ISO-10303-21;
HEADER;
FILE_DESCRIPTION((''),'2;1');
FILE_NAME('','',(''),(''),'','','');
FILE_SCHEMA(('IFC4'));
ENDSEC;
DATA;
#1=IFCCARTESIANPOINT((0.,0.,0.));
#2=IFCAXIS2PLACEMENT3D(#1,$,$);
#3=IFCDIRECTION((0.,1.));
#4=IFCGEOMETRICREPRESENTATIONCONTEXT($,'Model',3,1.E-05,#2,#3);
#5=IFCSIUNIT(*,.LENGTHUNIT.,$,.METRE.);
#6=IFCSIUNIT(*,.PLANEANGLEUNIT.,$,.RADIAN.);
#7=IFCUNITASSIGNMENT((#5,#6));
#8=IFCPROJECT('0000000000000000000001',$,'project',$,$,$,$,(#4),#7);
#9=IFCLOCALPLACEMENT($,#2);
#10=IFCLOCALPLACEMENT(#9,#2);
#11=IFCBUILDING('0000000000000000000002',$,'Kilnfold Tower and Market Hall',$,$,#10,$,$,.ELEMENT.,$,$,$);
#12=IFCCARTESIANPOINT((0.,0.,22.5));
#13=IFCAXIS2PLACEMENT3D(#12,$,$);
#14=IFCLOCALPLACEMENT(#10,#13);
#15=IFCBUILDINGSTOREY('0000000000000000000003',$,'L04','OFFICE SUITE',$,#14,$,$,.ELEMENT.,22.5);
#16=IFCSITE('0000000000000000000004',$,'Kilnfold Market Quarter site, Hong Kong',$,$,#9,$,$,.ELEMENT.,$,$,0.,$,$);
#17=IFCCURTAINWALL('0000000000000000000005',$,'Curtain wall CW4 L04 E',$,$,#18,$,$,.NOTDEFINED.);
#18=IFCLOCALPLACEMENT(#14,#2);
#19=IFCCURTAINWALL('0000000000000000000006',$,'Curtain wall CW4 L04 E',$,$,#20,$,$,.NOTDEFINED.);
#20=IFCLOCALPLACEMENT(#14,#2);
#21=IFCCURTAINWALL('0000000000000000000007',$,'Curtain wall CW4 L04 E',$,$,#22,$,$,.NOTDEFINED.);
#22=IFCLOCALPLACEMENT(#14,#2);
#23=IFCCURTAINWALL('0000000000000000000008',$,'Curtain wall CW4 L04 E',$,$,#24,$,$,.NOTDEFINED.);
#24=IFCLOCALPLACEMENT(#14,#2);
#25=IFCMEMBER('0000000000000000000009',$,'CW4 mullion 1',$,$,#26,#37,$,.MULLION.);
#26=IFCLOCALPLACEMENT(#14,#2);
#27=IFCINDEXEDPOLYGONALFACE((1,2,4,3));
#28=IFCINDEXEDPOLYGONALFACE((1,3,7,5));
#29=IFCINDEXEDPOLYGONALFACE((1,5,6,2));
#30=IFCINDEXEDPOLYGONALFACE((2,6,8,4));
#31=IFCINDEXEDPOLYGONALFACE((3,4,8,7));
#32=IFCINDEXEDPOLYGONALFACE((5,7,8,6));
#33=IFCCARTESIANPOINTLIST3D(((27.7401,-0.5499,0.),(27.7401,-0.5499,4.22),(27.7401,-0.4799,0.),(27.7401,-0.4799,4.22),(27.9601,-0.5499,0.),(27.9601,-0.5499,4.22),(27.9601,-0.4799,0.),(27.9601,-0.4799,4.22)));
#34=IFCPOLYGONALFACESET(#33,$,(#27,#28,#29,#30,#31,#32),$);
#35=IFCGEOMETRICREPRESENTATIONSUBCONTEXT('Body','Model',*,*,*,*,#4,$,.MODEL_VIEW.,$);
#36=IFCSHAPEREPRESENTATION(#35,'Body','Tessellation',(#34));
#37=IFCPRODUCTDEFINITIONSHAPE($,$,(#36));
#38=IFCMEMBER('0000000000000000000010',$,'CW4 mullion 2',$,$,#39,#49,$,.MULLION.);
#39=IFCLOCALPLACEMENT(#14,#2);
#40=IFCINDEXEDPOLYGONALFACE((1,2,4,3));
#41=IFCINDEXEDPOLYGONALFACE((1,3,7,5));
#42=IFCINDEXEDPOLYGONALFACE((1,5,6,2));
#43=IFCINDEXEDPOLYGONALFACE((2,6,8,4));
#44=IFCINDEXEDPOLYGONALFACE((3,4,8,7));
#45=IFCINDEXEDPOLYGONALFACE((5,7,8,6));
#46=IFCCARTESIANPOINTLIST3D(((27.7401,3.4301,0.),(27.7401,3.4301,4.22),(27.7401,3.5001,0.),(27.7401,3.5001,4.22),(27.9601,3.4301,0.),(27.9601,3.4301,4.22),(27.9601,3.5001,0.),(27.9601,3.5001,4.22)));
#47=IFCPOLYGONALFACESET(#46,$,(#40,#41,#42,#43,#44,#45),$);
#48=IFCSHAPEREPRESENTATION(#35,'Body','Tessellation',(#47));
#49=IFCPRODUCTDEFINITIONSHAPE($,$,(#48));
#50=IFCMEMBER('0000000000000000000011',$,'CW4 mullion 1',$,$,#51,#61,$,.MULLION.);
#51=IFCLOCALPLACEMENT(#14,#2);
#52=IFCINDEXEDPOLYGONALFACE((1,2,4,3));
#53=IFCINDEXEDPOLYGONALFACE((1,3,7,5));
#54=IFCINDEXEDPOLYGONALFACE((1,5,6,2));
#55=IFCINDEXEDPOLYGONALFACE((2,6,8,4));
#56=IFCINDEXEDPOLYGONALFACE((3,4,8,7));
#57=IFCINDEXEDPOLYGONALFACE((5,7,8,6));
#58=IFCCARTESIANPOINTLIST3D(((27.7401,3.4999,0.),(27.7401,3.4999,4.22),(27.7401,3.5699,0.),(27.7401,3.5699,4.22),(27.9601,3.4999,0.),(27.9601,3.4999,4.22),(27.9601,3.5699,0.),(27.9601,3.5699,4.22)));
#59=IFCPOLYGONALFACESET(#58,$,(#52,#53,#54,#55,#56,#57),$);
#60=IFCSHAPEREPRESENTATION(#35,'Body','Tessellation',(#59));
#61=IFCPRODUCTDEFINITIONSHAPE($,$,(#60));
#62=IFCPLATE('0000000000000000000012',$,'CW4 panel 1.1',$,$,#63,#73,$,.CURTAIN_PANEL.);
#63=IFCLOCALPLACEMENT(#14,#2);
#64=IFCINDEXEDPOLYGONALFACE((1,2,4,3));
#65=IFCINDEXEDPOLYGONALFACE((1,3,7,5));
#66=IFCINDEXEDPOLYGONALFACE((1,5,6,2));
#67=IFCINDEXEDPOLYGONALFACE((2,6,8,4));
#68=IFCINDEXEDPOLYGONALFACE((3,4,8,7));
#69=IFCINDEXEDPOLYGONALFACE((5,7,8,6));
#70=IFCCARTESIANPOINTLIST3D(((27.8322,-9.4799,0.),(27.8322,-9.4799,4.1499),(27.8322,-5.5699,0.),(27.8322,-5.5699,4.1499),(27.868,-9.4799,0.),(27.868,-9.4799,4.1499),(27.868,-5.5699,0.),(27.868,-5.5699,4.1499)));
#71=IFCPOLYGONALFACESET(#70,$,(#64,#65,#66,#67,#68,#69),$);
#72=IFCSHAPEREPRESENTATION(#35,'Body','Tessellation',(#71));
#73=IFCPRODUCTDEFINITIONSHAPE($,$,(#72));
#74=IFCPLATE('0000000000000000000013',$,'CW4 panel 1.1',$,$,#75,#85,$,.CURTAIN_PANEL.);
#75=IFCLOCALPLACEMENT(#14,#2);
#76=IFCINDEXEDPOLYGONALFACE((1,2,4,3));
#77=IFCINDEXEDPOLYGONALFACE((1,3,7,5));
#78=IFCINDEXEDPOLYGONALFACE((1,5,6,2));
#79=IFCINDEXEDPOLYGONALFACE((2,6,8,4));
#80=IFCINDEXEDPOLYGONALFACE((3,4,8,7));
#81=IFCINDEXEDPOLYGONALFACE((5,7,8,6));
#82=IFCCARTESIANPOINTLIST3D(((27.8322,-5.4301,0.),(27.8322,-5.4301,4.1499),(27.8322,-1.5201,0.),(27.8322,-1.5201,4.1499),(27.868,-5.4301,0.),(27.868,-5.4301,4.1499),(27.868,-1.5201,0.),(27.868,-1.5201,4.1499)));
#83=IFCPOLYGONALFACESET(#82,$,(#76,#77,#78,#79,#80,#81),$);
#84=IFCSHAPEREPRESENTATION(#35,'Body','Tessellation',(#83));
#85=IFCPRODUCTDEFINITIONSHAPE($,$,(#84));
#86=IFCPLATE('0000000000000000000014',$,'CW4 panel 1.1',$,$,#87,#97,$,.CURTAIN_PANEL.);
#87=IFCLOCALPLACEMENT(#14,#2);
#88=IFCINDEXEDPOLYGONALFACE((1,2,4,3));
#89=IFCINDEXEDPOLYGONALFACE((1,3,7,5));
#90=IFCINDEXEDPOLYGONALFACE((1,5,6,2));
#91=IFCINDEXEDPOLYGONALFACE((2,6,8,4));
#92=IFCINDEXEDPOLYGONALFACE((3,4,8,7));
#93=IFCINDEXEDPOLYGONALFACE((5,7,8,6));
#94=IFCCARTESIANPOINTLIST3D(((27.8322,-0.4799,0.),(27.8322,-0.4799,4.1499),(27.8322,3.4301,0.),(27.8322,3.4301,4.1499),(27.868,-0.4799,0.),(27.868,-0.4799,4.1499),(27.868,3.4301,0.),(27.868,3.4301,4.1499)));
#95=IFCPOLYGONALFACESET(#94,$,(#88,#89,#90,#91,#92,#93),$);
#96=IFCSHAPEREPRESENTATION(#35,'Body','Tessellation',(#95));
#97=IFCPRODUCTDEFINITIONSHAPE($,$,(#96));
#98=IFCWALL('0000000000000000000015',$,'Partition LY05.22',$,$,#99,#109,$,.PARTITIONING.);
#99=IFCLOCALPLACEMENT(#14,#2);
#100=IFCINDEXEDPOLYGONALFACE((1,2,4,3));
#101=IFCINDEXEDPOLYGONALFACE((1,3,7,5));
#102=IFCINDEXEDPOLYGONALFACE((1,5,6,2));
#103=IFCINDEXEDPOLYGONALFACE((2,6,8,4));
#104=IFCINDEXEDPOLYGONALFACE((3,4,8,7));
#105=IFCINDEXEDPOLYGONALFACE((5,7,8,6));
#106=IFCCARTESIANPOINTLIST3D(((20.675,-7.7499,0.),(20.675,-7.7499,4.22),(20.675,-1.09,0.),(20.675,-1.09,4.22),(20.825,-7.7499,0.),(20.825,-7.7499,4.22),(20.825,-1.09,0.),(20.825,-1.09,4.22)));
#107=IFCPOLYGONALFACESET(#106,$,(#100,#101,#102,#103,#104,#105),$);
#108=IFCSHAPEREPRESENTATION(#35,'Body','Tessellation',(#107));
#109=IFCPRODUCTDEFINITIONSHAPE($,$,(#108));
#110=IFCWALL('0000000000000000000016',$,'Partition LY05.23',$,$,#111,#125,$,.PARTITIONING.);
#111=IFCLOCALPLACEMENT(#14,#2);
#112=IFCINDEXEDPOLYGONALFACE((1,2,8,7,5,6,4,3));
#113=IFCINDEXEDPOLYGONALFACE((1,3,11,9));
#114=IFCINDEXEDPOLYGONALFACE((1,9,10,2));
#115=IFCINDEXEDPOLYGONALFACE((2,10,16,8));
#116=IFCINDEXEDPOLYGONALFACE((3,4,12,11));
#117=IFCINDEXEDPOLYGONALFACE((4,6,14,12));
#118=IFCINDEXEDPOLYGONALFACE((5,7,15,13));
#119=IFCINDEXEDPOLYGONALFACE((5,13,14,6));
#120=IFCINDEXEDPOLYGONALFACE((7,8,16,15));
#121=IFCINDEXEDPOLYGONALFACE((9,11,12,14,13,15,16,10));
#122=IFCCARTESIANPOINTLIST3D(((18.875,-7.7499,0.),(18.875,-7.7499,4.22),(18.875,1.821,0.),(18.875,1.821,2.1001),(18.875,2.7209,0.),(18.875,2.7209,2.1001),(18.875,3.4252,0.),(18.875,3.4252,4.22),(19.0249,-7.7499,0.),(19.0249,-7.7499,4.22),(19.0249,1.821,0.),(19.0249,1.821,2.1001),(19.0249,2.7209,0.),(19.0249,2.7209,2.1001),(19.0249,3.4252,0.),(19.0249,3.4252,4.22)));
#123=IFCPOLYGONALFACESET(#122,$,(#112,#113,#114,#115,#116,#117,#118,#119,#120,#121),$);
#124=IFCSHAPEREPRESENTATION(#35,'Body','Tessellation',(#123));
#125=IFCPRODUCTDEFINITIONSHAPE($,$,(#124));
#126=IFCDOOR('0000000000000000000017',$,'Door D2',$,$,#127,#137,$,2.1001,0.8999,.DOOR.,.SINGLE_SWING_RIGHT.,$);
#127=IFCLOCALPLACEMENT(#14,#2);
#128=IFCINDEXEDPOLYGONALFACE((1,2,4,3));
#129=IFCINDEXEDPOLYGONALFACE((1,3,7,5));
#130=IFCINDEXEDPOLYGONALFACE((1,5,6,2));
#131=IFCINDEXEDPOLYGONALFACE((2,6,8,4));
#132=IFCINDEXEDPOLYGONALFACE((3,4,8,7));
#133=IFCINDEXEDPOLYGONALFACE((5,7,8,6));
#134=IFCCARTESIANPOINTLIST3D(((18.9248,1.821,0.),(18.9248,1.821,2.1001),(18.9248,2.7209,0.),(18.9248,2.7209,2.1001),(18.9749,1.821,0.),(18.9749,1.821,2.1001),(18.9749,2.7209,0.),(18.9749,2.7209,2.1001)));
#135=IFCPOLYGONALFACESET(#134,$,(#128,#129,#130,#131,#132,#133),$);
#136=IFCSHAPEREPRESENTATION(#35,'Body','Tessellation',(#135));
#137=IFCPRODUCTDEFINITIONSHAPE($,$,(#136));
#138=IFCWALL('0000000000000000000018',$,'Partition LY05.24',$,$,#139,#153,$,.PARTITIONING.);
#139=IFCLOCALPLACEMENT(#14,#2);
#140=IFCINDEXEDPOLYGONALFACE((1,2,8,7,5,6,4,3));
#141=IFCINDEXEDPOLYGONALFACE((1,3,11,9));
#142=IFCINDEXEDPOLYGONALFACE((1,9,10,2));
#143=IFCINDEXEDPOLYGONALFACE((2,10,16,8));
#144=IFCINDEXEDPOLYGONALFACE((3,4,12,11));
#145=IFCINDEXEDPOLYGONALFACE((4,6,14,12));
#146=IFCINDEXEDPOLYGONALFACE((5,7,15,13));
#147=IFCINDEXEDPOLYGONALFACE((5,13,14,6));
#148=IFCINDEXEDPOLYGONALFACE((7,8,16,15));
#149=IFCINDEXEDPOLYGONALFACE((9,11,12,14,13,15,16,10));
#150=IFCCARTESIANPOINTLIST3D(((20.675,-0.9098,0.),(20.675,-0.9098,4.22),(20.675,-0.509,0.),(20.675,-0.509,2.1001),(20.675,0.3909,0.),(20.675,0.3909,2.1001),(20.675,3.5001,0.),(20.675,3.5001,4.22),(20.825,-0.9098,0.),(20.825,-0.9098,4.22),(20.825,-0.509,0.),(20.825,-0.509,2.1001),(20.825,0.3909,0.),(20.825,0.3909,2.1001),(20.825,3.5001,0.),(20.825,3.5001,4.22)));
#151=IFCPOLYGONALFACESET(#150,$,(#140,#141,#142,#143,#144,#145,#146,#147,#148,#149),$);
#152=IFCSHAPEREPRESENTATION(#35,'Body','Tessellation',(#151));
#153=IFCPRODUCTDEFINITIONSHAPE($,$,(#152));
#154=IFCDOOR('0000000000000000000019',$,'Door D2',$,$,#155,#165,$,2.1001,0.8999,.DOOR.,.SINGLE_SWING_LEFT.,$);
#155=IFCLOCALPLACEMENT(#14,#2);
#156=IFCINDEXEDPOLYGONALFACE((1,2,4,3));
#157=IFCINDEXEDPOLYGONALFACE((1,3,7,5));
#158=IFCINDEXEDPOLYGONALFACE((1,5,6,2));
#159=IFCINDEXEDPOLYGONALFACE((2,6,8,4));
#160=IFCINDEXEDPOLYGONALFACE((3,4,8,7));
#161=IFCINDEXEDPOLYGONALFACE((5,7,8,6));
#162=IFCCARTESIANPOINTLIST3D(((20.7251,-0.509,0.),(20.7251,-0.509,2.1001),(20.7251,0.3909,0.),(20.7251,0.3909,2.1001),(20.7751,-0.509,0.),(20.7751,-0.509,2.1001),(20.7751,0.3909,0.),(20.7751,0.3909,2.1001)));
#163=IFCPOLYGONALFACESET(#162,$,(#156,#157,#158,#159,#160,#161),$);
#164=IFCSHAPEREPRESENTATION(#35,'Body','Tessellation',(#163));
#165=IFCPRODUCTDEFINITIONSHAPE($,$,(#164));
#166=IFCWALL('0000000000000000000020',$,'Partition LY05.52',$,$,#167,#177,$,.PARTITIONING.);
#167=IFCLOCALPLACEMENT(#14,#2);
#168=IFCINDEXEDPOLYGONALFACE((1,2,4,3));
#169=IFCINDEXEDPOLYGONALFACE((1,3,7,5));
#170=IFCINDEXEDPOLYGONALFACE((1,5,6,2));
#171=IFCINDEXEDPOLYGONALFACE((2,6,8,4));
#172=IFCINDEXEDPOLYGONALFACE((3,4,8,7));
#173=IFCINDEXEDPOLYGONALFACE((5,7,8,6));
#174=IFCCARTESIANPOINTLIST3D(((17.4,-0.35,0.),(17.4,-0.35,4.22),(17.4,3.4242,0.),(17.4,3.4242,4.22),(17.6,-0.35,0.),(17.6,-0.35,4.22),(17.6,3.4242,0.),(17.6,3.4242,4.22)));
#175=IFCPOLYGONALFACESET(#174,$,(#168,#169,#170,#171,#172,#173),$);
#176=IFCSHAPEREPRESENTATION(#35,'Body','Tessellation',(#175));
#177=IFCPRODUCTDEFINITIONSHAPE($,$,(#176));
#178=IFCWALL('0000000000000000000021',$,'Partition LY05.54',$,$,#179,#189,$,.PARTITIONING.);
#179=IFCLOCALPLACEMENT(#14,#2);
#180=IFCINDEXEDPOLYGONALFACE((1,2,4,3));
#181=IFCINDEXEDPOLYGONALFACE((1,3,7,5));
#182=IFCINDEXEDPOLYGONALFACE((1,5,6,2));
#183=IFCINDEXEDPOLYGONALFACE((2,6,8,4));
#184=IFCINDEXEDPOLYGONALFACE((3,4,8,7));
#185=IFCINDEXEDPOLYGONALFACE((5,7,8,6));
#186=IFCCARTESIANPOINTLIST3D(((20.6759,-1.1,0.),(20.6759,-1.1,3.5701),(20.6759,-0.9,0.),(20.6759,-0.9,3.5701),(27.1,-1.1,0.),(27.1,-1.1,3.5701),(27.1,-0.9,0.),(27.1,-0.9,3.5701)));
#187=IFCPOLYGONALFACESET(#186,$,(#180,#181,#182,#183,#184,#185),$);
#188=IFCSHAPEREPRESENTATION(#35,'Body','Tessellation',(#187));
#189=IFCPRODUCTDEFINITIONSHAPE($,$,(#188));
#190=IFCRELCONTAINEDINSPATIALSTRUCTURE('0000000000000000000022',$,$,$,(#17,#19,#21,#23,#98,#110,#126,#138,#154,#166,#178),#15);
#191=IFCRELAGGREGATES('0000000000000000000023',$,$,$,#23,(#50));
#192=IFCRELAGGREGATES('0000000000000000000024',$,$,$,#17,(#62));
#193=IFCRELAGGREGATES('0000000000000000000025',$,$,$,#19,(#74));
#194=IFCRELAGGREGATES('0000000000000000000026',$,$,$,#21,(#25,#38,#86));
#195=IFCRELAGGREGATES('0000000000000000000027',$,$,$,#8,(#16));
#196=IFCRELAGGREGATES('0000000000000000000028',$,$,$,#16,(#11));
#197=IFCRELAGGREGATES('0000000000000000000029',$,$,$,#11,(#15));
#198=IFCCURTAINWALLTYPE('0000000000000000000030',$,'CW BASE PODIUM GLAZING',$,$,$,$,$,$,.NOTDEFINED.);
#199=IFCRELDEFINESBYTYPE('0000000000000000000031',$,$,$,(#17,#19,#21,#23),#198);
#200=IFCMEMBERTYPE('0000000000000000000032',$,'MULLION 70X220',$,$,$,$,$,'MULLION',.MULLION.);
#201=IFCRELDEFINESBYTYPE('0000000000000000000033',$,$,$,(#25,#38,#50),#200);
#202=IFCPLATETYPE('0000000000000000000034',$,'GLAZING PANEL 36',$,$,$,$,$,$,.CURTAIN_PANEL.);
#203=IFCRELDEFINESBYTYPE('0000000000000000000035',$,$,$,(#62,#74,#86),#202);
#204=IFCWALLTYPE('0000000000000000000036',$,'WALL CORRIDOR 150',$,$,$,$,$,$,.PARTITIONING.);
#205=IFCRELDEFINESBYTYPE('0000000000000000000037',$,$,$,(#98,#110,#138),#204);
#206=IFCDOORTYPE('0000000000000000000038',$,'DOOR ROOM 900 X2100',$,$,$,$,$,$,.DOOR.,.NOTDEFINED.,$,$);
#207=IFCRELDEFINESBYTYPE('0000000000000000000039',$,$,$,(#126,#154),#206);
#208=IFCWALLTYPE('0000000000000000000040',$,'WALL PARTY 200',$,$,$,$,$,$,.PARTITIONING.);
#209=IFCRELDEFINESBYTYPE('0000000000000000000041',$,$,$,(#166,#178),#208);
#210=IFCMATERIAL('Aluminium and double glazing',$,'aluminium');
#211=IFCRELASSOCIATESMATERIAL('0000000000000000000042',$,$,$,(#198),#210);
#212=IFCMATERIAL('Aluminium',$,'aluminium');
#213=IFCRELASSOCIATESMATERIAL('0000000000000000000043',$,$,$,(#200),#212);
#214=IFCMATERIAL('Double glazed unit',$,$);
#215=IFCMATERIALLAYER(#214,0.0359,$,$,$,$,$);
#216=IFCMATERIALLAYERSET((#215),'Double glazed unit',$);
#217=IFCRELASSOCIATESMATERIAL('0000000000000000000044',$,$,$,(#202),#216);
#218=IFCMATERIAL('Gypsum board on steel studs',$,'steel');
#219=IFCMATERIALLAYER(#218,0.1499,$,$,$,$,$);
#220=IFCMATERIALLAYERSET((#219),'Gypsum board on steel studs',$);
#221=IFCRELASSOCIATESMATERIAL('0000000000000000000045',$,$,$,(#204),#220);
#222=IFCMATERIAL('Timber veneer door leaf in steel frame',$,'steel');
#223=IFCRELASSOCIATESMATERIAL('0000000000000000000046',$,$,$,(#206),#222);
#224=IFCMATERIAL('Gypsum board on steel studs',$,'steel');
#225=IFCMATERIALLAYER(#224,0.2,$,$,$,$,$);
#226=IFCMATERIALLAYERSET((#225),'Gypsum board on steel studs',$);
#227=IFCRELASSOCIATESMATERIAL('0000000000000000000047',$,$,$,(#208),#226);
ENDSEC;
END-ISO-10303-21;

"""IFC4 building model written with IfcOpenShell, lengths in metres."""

from ifc_helpers import new_model, si_unit, direction, frame, frame_2d, origin, origin_2d, place, context, subcontext, project, spatial, rectangle, extrude, source, transform, mapped, material, layer, layer_set, material_profile, profile_set, type_object, element, fill, aggregate, save


model = new_model("IFC4")

# Units and contexts
model_context = context("Model", 3, precision=1e-05, world=origin(), true_north=direction((0.0, 1.0)))
body_context = subcontext(model_context, "Body", "Model", "MODEL_VIEW")
ifc_project = project(units=[si_unit("LENGTHUNIT", "METRE"), si_unit("PLANEANGLEUNIT", "RADIAN")], contexts=[model_context])

# Site, building, storey
site_placement = place(None, origin())
site = spatial("IfcSite", under=ifc_project, at=site_placement, Name="Kilnfold Market Quarter site, Hong Kong", CompositionType="ELEMENT", RefElevation=0.0)
building_placement = place(site_placement, origin())
building = spatial("IfcBuilding", under=site, at=building_placement, Name="Kilnfold Tower and Market Hall", CompositionType="ELEMENT")
storey_placement = place(building_placement, frame((0.0, 0.0, 22.5)))
storey = spatial("IfcBuildingStorey", under=building, at=storey_placement, Name="L04", Description="OFFICE SUITE", CompositionType="ELEMENT", Elevation=22.5)

# Curtain walls
ifc_material_1 = material(Name="Aluminium and double glazing", Category="aluminium")
curtain_wall_type = type_object("IfcCurtainWallType", Name="CW BASE PODIUM GLAZING", PredefinedType="NOTDEFINED", material=ifc_material_1)
curtain_wall_1_placement = place(storey_placement, origin())
curtain_wall_1 = element("IfcCurtainWall", 1, at=curtain_wall_1_placement, inside=storey, type_object=curtain_wall_type, Name="Curtain wall CW4 L04 E", PredefinedType="NOTDEFINED")
curtain_wall_2_placement = place(storey_placement, origin())
curtain_wall_2 = element("IfcCurtainWall", 2, at=curtain_wall_2_placement, inside=storey, type_object=curtain_wall_type, Name="Curtain wall CW4 L04 E", PredefinedType="NOTDEFINED")
curtain_wall_3_placement = place(storey_placement, origin())
curtain_wall_3 = element("IfcCurtainWall", 3, at=curtain_wall_3_placement, inside=storey, type_object=curtain_wall_type, Name="Curtain wall CW4 L04 E", PredefinedType="NOTDEFINED")
curtain_wall_4_placement = place(storey_placement, origin())
curtain_wall_4 = element("IfcCurtainWall", 4, at=curtain_wall_4_placement, inside=storey, type_object=curtain_wall_type, Name="Curtain wall CW4 L04 E", PredefinedType="NOTDEFINED")

# Members
ifc_material_2 = material(Name="Aluminium", Category="aluminium")
ifc_material_profile_1 = material_profile(ifc_material_2, rectangle(XDim=0.0701, YDim=0.22, at=origin_2d()), Name="MULLION 70x220")
ifc_profile_set_1 = profile_set([ifc_material_profile_1], Name="Aluminium")
member_type_1 = type_object("IfcMemberType", Name="MULLION 70X220", ElementType="MULLION", PredefinedType="MULLION", material=ifc_profile_set_1)
shared_shape_1 = source(origin(), body_context, "Body", "SweptSolid", [
    extrude(rectangle(XDim=0.0701, YDim=0.22, at=origin_2d()), origin(), (0.0, 0.0, 1.0), 4.22),
])
member_1_placement = place(storey_placement, frame((27.8501, -0.5149, 0.0), z_axis=(0.0, 0.0, 1.0), x_axis=(0.0, 1.0, 0.0)))
member_1 = element("IfcMember", 5, at=member_1_placement, type_object=member_type_1, Name="CW4 mullion 1", PredefinedType="MULLION", context=body_context, shape_type="MappedRepresentation", body=[
    mapped(shared_shape_1, transform((0.0, 0.0, 0.0))),
])
member_2_placement = place(storey_placement, frame((27.8501, 3.4651, 0.0), z_axis=(0.0, 0.0, 1.0), x_axis=(0.0, 1.0, 0.0)))
member_2 = element("IfcMember", 6, at=member_2_placement, type_object=member_type_1, Name="CW4 mullion 2", PredefinedType="MULLION", context=body_context, shape_type="MappedRepresentation", body=[
    mapped(shared_shape_1, transform((0.0, 0.0, 0.0))),
])
member_3_placement = place(storey_placement, frame((27.8501, 3.5349, 0.0), z_axis=(0.0, 0.0, 1.0), x_axis=(0.0, 1.0, 0.0)))
member_3 = element("IfcMember", 7, at=member_3_placement, type_object=member_type_1, Name="CW4 mullion 1", PredefinedType="MULLION", context=body_context, shape_type="MappedRepresentation", body=[
    mapped(shared_shape_1, transform((0.0, 0.0, 0.0))),
])
aggregate(curtain_wall_4, [member_3])

# Plates
ifc_material_3 = material(Name="Double glazed unit")
ifc_layer_1 = layer(ifc_material_3, 0.0359)
ifc_layer_set_1 = layer_set([ifc_layer_1], Name="Double glazed unit")
plate_type = type_object("IfcPlateType", Name="GLAZING PANEL 36", PredefinedType="CURTAIN_PANEL", material=ifc_layer_set_1)
shared_shape_2 = source(origin(), body_context, "Body", "SweptSolid", [
    extrude(rectangle(XDim=3.9099, YDim=0.0359, at=origin_2d()), origin(), (0.0, 0.0, 1.0), 4.1499),
])
plate_1_placement = place(storey_placement, frame((27.8501, -7.5249, 0.0), z_axis=(0.0, 0.0, 1.0), x_axis=(0.0, 1.0, 0.0)))
plate_1 = element("IfcPlate", 8, at=plate_1_placement, type_object=plate_type, Name="CW4 panel 1.1", PredefinedType="CURTAIN_PANEL", context=body_context, shape_type="MappedRepresentation", body=[
    mapped(shared_shape_2, transform((0.0, 0.0, 0.0))),
])
aggregate(curtain_wall_1, [plate_1])
plate_2_placement = place(storey_placement, frame((27.8501, -3.4751, 0.0), z_axis=(0.0, 0.0, 1.0), x_axis=(0.0, 1.0, 0.0)))
plate_2 = element("IfcPlate", 9, at=plate_2_placement, type_object=plate_type, Name="CW4 panel 1.1", PredefinedType="CURTAIN_PANEL", context=body_context, shape_type="MappedRepresentation", body=[
    mapped(shared_shape_2, transform((0.0, 0.0, 0.0))),
])
aggregate(curtain_wall_2, [plate_2])
plate_3_placement = place(storey_placement, frame((27.8501, 1.4751, 0.0), z_axis=(0.0, 0.0, 1.0), x_axis=(0.0, 1.0, 0.0)))
plate_3 = element("IfcPlate", 10, at=plate_3_placement, type_object=plate_type, Name="CW4 panel 1.1", PredefinedType="CURTAIN_PANEL", context=body_context, shape_type="MappedRepresentation", body=[
    mapped(shared_shape_2, transform((0.0, 0.0, 0.0))),
])
aggregate(curtain_wall_3, [member_1, member_2, plate_3])

# Wall
ifc_material_4 = material(Name="Gypsum board on steel studs", Category="steel")
ifc_layer_2 = layer(ifc_material_4, 0.1499)
ifc_layer_set_2 = layer_set([ifc_layer_2], Name="Gypsum board on steel studs")
wall_type_1 = type_object("IfcWallType", Name="WALL CORRIDOR 150", PredefinedType="PARTITIONING", material=ifc_layer_set_2)
wall_1_placement = place(storey_placement, frame((20.75, -7.75, 0.0), z_axis=(0.0, 0.0, 1.0), x_axis=(0.0, 1.0, 0.0)))
element("IfcWall", 11, at=wall_1_placement, inside=storey, type_object=wall_type_1, Name="Partition LY05.22", PredefinedType="PARTITIONING", context=body_context, shape_type="SweptSolid", body=[
    extrude(rectangle(XDim=6.6599, YDim=0.1499, at=frame_2d((3.3301, 0.0))), origin(), (0.0, 0.0, 1.0), 4.22),
])

# Walls, openings, doors
wall_2_placement = place(storey_placement, frame((18.95, 3.425, 0.0), z_axis=(0.0, 0.0, 1.0), x_axis=(0.0, -1.0, 0.0)))
wall_2 = element("IfcWall", 12, at=wall_2_placement, inside=storey, type_object=wall_type_1, Name="Partition LY05.23", PredefinedType="PARTITIONING", context=body_context, shape_type="SweptSolid", body=[
    extrude(rectangle(XDim=11.175, YDim=0.1499, at=frame_2d((5.5874, 0.0))), origin(), (0.0, 0.0, 1.0), 4.22),
])
opening_1_placement = place(wall_2_placement, frame((0.7041, 0.0, 0.0)))
opening_1 = element("IfcOpeningElement", 13, at=opening_1_placement, cuts=wall_2, PredefinedType="OPENING", context=body_context, shape_type="SweptSolid", body=[
    extrude(rectangle(XDim=0.8999, YDim=2.1001, at=frame_2d((0.45, 1.05))), frame((0.0, 0.085, 0.0), z_axis=(0.0, -1.0, 0.0), x_axis=(1.0, 0.0, 0.0)), (0.0, 0.0, 1.0), 0.1699),
])
ifc_material_5 = material(Name="Timber veneer door leaf in steel frame", Category="steel")
door_type_1 = type_object("IfcDoorType", Name="DOOR ROOM 900 X2100", OperationType="NOTDEFINED", PredefinedType="DOOR", material=ifc_material_5)
door_1_placement = place(opening_1_placement, origin())
door_1 = element("IfcDoor", 14, at=door_1_placement, inside=storey, type_object=door_type_1, Name="Door D2", OperationType="SINGLE_SWING_RIGHT", OverallHeight=2.1001, OverallWidth=0.8999, PredefinedType="DOOR", context=body_context, shape_type="SweptSolid", body=[
    extrude(rectangle(XDim=0.8999, YDim=2.1001, at=frame_2d((0.45, 1.05))), frame((0.0, 0.0249, 0.0), z_axis=(0.0, -1.0, 0.0), x_axis=(1.0, 0.0, 0.0)), (0.0, 0.0, 1.0), 0.05),
])
fill(opening_1, door_1)
wall_3_placement = place(storey_placement, frame((20.75, -0.9099, 0.0), z_axis=(0.0, 0.0, 1.0), x_axis=(0.0, 1.0, 0.0)))
wall_3 = element("IfcWall", 15, at=wall_3_placement, inside=storey, type_object=wall_type_1, Name="Partition LY05.24", PredefinedType="PARTITIONING", context=body_context, shape_type="SweptSolid", body=[
    extrude(rectangle(XDim=4.4099, YDim=0.1499, at=frame_2d((2.2051, 0.0))), origin(), (0.0, 0.0, 1.0), 4.22),
])
opening_2_placement = place(wall_3_placement, frame((0.4009, 0.0, 0.0)))
opening_2 = element("IfcOpeningElement", 16, at=opening_2_placement, cuts=wall_3, PredefinedType="OPENING", context=body_context, shape_type="SweptSolid", body=[
    extrude(rectangle(XDim=0.8999, YDim=2.1001, at=frame_2d((0.45, 1.05))), frame((0.0, 0.085, 0.0), z_axis=(0.0, -1.0, 0.0), x_axis=(1.0, 0.0, 0.0)), (0.0, 0.0, 1.0), 0.1699),
])
door_2_placement = place(opening_2_placement, origin())
door_2 = element("IfcDoor", 17, at=door_2_placement, inside=storey, type_object=door_type_1, Name="Door D2", OperationType="SINGLE_SWING_LEFT", OverallHeight=2.1001, OverallWidth=0.8999, PredefinedType="DOOR", context=body_context, shape_type="SweptSolid", body=[
    extrude(rectangle(XDim=0.8999, YDim=2.1001, at=frame_2d((0.45, 1.05))), frame((0.0, 0.0249, 0.0), z_axis=(0.0, -1.0, 0.0), x_axis=(1.0, 0.0, 0.0)), (0.0, 0.0, 1.0), 0.05),
])
fill(opening_2, door_2)

# Walls
ifc_material_6 = material(Name="Gypsum board on steel studs", Category="steel")
ifc_layer_3 = layer(ifc_material_6, 0.2)
ifc_layer_set_3 = layer_set([ifc_layer_3], Name="Gypsum board on steel studs")
wall_type_2 = type_object("IfcWallType", Name="WALL PARTY 200", PredefinedType="PARTITIONING", material=ifc_layer_set_3)
wall_4_placement = place(storey_placement, frame((17.5, -0.3501, 0.0), z_axis=(0.0, 0.0, 1.0), x_axis=(0.0, 1.0, 0.0)))
element("IfcWall", 18, at=wall_4_placement, inside=storey, type_object=wall_type_2, Name="Partition LY05.52", PredefinedType="PARTITIONING", context=body_context, shape_type="SweptSolid", body=[
    extrude(rectangle(XDim=3.7742, YDim=0.2, at=frame_2d((1.8872, 0.0))), origin(), (0.0, 0.0, 1.0), 4.22),
])
wall_5_placement = place(storey_placement, frame((20.676, -1.0, 0.0), z_axis=(0.0, 0.0, 1.0), x_axis=(1.0, 0.0, 0.0)))
element("IfcWall", 19, at=wall_5_placement, inside=storey, type_object=wall_type_2, Name="Partition LY05.54", PredefinedType="PARTITIONING", context=body_context, shape_type="SweptSolid", body=[
    extrude(rectangle(XDim=6.4241, YDim=0.2, at=frame_2d((3.2119, 0.0))), origin(), (0.0, 0.0, 1.0), 3.5701),
])

save(model, "model.ifc")
